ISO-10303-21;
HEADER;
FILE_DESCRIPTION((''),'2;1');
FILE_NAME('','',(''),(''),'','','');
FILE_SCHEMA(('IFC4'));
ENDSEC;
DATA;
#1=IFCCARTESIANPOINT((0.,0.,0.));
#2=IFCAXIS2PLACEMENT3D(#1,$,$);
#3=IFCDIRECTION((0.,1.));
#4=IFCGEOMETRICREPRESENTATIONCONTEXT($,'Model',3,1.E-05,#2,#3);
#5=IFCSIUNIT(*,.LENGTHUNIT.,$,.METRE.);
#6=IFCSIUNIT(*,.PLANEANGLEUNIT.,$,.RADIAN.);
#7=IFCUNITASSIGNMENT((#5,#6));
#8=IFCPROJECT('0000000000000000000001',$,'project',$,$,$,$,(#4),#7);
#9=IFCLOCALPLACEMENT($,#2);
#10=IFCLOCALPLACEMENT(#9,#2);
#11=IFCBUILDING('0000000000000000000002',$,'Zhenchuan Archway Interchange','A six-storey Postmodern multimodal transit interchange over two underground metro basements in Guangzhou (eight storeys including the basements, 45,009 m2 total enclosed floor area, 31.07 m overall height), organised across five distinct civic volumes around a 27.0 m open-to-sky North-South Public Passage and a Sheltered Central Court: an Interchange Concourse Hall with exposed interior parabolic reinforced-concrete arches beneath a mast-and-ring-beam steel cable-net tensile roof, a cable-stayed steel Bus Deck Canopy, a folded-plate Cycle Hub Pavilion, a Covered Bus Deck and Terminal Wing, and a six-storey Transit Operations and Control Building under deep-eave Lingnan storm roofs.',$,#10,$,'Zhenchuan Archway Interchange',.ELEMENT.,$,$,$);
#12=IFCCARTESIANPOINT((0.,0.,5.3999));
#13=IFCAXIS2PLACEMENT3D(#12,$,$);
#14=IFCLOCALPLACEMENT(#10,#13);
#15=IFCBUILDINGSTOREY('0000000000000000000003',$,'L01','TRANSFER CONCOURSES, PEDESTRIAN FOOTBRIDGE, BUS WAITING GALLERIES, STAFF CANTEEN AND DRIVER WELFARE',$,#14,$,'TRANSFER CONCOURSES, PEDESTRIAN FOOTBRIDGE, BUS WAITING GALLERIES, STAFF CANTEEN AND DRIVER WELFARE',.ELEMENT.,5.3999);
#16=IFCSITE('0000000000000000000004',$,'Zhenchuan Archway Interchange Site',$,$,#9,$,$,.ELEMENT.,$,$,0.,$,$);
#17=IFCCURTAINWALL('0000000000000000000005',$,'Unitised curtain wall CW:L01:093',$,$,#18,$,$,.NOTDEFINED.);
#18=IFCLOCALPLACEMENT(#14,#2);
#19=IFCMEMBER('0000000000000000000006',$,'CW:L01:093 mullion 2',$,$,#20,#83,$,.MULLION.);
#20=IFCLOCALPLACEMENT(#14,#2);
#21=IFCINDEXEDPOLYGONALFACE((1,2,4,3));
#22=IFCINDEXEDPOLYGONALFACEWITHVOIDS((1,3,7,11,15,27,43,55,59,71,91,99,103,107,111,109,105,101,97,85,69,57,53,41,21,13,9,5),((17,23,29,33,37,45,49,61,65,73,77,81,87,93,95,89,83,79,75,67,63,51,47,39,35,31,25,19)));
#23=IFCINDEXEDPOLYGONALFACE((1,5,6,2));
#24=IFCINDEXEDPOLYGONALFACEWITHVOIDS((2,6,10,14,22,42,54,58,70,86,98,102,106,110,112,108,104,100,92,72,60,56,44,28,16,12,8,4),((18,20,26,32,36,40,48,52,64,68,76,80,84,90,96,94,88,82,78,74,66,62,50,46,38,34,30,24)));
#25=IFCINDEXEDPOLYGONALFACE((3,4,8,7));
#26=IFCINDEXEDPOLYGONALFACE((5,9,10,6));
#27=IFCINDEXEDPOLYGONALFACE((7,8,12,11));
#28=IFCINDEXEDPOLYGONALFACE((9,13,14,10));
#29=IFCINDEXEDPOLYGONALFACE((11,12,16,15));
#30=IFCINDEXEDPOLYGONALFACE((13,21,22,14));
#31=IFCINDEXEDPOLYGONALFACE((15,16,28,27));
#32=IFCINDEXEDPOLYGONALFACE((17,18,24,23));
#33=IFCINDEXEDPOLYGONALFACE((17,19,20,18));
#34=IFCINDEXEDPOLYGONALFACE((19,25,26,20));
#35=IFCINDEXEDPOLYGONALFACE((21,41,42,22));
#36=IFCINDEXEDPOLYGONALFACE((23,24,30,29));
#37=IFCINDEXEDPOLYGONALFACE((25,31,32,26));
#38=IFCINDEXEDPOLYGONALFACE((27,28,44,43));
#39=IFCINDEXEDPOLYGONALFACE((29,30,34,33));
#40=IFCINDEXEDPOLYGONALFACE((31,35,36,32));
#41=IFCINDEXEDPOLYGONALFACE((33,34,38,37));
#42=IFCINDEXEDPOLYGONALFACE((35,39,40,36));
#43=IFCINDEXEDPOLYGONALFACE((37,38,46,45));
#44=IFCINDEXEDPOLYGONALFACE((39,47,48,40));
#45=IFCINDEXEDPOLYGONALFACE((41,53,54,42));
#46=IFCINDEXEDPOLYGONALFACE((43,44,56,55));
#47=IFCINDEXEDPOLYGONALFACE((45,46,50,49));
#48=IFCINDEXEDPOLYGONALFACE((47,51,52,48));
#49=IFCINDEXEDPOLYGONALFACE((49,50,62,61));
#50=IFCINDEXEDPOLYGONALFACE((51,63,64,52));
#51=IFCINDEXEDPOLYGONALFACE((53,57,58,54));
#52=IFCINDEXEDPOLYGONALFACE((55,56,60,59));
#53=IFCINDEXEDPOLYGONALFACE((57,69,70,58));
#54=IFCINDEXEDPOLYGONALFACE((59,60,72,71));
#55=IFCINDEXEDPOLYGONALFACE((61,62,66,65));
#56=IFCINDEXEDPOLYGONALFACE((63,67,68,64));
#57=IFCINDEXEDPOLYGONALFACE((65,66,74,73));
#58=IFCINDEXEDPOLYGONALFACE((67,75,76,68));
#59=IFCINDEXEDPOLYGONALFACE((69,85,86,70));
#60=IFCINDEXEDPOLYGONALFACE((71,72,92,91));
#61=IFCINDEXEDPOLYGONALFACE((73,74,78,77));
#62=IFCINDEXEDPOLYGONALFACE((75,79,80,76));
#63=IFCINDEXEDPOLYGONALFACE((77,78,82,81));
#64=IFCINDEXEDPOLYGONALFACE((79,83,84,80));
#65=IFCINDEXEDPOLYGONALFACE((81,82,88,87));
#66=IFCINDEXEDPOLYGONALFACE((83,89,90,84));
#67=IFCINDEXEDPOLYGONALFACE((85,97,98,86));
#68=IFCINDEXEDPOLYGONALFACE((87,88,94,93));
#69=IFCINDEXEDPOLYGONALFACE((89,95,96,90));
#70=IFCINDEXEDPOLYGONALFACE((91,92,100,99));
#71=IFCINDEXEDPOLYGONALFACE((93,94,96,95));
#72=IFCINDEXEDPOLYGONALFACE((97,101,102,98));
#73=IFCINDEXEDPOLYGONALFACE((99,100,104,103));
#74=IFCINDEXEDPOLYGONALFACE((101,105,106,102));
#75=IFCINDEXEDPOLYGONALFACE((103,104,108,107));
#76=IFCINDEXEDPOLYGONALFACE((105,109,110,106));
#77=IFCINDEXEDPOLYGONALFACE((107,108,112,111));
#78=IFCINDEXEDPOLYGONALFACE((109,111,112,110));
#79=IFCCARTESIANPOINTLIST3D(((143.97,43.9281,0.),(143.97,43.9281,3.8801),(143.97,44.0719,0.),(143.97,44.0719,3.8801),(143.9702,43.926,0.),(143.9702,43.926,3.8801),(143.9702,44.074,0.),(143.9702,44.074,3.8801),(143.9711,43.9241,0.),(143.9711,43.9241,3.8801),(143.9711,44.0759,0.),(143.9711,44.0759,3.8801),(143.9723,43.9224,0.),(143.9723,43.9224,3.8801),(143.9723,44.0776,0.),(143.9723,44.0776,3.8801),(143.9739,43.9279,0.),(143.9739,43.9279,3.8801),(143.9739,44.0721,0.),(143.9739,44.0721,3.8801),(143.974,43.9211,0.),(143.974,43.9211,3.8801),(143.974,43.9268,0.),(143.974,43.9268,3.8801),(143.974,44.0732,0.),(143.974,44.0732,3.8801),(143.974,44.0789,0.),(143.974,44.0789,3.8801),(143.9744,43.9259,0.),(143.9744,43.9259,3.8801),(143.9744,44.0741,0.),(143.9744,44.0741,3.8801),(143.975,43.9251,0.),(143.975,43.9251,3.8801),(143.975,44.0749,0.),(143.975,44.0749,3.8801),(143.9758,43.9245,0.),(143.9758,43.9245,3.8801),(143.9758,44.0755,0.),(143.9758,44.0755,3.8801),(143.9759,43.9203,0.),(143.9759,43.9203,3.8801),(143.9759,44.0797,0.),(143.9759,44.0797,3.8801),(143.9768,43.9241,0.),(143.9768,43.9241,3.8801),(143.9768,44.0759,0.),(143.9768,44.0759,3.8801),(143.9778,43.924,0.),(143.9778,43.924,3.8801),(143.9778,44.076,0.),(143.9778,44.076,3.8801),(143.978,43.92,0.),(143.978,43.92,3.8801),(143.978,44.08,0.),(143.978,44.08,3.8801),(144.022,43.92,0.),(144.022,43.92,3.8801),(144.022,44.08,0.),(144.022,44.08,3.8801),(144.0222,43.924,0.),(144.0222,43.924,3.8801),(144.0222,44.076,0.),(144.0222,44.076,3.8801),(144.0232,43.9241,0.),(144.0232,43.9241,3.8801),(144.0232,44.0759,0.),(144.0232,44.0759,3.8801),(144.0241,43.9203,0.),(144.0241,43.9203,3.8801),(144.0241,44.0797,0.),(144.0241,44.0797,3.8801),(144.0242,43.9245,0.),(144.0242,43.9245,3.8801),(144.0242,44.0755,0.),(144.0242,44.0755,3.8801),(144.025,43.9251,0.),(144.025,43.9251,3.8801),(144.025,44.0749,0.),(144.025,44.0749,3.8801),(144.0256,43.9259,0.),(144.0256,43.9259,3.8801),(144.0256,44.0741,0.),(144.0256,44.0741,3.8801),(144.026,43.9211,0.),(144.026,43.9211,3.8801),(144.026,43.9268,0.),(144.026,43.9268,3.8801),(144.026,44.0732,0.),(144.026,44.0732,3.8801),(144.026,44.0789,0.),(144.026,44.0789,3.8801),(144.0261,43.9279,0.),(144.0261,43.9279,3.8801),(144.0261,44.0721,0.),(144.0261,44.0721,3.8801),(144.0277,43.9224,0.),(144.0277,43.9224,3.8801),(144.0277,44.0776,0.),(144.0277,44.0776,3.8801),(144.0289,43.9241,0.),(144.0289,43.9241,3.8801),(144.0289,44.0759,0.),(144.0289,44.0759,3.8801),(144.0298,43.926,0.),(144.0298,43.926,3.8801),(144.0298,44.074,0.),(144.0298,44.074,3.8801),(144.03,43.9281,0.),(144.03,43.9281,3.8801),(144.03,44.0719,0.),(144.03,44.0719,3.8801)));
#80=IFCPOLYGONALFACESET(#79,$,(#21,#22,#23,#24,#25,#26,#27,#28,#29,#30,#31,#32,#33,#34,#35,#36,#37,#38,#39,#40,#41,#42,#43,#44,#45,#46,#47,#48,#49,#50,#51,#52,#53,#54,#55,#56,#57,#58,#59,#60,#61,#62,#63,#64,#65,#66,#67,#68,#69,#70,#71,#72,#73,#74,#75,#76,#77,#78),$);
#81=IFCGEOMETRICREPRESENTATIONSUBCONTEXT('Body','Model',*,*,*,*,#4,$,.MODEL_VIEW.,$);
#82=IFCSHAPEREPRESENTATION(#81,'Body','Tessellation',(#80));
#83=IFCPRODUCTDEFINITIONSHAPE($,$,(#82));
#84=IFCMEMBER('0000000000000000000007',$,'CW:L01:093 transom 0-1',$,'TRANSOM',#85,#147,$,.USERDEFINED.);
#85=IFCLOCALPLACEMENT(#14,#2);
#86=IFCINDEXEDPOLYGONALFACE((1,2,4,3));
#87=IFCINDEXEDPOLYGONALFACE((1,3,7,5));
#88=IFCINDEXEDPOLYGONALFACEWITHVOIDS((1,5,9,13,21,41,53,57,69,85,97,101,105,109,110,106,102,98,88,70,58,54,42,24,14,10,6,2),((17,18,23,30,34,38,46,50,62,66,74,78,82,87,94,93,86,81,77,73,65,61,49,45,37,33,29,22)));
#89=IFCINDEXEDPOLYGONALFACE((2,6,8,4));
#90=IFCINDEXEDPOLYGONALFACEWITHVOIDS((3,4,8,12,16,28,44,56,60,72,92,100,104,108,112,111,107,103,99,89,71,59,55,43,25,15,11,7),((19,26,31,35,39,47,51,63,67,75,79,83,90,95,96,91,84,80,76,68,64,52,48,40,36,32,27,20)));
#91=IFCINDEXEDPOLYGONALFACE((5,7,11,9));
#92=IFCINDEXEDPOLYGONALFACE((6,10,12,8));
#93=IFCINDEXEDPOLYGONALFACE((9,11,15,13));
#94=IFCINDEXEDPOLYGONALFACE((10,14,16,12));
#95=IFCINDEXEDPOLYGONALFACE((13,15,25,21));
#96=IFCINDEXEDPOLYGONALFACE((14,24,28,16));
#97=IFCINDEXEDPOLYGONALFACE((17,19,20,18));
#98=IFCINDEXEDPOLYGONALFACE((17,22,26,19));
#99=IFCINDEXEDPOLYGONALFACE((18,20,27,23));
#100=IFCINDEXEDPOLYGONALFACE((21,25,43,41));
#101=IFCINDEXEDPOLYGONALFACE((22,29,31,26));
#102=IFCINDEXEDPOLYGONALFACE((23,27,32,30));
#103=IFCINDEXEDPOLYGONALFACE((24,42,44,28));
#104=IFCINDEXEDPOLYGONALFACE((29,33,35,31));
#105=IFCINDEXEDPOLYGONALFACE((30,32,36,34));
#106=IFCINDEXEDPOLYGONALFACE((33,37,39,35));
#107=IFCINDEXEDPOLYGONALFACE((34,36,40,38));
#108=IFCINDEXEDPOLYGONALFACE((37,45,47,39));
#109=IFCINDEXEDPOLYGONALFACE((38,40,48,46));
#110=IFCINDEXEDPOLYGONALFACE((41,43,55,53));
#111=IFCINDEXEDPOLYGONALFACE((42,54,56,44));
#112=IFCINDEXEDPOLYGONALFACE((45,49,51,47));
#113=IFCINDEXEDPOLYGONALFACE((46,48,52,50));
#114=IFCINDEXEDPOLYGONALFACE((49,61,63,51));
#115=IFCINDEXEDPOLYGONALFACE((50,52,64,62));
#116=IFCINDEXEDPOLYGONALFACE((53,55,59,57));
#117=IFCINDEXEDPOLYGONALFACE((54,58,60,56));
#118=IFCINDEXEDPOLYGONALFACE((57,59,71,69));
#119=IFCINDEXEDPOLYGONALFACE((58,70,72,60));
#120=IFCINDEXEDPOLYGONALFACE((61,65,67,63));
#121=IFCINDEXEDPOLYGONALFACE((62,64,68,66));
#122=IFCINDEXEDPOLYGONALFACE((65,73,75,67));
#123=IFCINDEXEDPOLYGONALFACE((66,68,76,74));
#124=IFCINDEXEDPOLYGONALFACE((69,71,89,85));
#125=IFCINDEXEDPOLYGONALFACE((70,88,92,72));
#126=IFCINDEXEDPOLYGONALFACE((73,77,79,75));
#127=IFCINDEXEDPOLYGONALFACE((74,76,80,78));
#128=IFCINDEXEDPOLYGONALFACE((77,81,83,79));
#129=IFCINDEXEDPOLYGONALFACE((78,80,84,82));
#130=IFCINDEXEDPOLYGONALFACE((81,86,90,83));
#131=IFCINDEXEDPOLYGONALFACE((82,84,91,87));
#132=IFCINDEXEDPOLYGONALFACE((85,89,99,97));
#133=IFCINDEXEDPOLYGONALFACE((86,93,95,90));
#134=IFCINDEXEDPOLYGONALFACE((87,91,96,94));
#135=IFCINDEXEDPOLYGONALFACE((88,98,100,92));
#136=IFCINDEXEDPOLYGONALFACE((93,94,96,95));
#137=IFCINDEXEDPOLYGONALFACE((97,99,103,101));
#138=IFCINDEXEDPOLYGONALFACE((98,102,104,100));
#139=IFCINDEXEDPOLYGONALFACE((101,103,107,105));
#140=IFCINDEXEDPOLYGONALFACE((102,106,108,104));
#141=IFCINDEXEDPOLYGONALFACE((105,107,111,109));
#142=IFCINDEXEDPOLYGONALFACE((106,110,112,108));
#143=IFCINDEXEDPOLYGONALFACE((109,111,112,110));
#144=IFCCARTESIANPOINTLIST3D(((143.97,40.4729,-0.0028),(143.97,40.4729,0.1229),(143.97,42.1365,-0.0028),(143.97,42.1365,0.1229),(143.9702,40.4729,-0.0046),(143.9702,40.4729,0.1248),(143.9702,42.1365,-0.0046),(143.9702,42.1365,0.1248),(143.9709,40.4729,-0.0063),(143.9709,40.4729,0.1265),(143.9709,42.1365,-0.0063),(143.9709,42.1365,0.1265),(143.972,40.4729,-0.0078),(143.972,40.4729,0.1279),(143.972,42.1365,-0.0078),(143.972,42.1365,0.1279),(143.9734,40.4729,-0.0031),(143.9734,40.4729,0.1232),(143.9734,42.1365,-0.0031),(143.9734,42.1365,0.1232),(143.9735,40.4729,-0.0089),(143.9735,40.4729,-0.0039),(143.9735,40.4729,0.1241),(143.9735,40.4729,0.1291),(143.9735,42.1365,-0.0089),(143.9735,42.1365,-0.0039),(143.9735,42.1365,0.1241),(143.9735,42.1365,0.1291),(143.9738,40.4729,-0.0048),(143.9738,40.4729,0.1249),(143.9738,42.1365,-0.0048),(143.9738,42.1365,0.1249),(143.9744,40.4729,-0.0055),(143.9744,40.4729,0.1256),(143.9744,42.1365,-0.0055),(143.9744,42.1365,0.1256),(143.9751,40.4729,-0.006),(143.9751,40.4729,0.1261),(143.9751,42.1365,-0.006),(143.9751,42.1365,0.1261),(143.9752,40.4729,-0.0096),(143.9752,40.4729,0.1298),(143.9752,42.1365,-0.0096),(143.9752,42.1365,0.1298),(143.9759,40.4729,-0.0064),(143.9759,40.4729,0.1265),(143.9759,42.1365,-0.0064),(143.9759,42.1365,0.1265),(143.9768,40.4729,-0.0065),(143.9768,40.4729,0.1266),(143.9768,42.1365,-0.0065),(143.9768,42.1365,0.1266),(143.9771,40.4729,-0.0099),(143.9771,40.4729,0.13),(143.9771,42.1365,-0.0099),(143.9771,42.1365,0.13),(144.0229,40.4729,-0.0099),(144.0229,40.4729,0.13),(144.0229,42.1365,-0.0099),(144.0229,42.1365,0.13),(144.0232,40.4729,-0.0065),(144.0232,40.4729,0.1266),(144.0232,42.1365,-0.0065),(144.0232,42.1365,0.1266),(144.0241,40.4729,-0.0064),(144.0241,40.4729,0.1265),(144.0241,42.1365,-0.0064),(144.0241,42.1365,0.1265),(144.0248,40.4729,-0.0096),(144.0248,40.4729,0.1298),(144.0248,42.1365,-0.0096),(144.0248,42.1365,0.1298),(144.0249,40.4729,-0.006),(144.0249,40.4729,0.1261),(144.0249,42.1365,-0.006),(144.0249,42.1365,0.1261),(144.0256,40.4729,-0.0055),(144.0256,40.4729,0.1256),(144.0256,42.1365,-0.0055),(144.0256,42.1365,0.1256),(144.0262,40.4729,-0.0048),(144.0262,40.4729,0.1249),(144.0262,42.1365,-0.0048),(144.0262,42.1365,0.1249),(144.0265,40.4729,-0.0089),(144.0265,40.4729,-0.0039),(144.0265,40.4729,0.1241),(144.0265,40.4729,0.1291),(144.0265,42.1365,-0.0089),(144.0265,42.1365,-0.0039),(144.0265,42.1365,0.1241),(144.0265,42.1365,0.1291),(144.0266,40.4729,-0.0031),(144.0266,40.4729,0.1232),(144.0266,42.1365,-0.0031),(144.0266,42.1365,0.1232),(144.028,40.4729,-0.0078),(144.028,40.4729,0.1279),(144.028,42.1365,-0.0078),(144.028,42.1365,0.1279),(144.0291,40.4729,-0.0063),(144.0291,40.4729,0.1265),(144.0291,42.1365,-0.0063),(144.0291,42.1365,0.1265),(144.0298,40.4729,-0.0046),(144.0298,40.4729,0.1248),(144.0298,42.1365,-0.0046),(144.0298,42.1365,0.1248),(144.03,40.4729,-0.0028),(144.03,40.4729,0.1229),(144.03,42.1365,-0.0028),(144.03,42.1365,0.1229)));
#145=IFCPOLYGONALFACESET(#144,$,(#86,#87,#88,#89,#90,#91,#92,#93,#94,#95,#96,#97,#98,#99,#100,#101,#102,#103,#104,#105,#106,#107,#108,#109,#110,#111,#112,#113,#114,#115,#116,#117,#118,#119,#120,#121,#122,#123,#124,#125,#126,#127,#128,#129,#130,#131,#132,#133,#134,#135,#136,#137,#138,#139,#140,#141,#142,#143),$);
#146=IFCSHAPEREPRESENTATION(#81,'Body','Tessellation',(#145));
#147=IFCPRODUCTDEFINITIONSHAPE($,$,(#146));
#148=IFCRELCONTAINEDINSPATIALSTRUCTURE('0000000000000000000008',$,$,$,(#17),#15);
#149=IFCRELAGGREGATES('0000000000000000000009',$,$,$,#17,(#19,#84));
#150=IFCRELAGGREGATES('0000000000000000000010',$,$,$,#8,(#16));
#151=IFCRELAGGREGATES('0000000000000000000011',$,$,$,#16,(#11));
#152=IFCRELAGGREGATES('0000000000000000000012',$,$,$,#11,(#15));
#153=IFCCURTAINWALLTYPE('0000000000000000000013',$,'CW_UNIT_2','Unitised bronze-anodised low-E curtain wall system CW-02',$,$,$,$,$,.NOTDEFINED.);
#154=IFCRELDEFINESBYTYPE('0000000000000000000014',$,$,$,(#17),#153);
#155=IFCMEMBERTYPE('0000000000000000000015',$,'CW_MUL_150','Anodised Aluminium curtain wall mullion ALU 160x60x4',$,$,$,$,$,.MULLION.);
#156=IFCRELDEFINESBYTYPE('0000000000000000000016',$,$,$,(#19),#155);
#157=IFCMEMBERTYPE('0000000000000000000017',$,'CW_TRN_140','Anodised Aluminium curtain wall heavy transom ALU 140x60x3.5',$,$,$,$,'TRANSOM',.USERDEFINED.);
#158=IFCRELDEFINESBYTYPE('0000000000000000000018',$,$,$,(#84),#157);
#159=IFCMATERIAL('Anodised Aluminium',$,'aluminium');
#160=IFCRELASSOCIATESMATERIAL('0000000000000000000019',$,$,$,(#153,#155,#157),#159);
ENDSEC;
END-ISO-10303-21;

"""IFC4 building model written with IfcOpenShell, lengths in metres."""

from ifc_helpers import new_model, si_unit, direction, frame, origin, origin_2d, place, context, subcontext, project, spatial, hollow_rectangle, extrude, material, material_profile, profile_set, type_object, element, aggregate, save


model = new_model("IFC4")

# Units and contexts
model_context = context("Model", 3, precision=1e-05, world=origin(), true_north=direction((0.0, 1.0)))
body_context = subcontext(model_context, "Body", "Model", "MODEL_VIEW")
ifc_project = project(units=[si_unit("LENGTHUNIT", "METRE"), si_unit("PLANEANGLEUNIT", "RADIAN")], contexts=[model_context])

# Site, building, storey
site_placement = place(None, origin())
site = spatial("IfcSite", under=ifc_project, at=site_placement, Name="Zhenchuan Archway Interchange Site", CompositionType="ELEMENT", RefElevation=0.0)
building_placement = place(site_placement, origin())
building = spatial("IfcBuilding", under=site, at=building_placement, Name="Zhenchuan Archway Interchange", Description="A six-storey Postmodern multimodal transit interchange over two underground metro basements in Guangzhou (eight storeys including the basements, 45,009 m2 total enclosed floor area, 31.07 m overall height), organised across five distinct civic volumes around a 27.0 m open-to-sky North-South Public Passage and a Sheltered Central Court: an Interchange Concourse Hall with exposed interior parabolic reinforced-concrete arches beneath a mast-and-ring-beam steel cable-net tensile roof, a cable-stayed steel Bus Deck Canopy, a folded-plate Cycle Hub Pavilion, a Covered Bus Deck and Terminal Wing, and a six-storey Transit Operations and Control Building under deep-eave Lingnan storm roofs.", LongName="Zhenchuan Archway Interchange", CompositionType="ELEMENT")
storey_placement = place(building_placement, frame((0.0, 0.0, 5.3999)))
storey = spatial("IfcBuildingStorey", under=building, at=storey_placement, Name="L01", Description="TRANSFER CONCOURSES, PEDESTRIAN FOOTBRIDGE, BUS WAITING GALLERIES, STAFF CANTEEN AND DRIVER WELFARE", LongName="TRANSFER CONCOURSES, PEDESTRIAN FOOTBRIDGE, BUS WAITING GALLERIES, STAFF CANTEEN AND DRIVER WELFARE", CompositionType="ELEMENT", Elevation=5.3999)

# Curtain wall, members
ifc_material_1 = material(Name="Anodised Aluminium", Category="aluminium")
curtain_wall_type = type_object("IfcCurtainWallType", Name="CW_UNIT_2", Description="Unitised bronze-anodised low-E curtain wall system CW-02", PredefinedType="NOTDEFINED", material=ifc_material_1)
curtain_wall_placement = place(storey_placement, origin())
curtain_wall = element("IfcCurtainWall", 1, at=curtain_wall_placement, inside=storey, type_object=curtain_wall_type, Name="Unitised curtain wall CW:L01:093", PredefinedType="NOTDEFINED")
ifc_material_profile_1 = material_profile(ifc_material_1, hollow_rectangle(XDim=0.0601, YDim=0.1599, WallThickness=0.0039, InnerFilletRadius=0.0039, OuterFilletRadius=0.0081, at=origin_2d()), Name="ALU 160x60x4")
ifc_profile_set_1 = profile_set([ifc_material_profile_1], Name="Anodised Aluminium")
member_type_1 = type_object("IfcMemberType", Name="CW_MUL_150", Description="Anodised Aluminium curtain wall mullion ALU 160x60x4", PredefinedType="MULLION", material=ifc_profile_set_1)
member_1_placement = place(storey_placement, frame((144.0, 44.0, 0.0), z_axis=(0.0, 0.0, 1.0), x_axis=(1.0, 0.0, 0.0)))
member_1 = element("IfcMember", 2, at=member_1_placement, type_object=member_type_1, Name="CW:L01:093 mullion 2", PredefinedType="MULLION", context=body_context, shape_type="SweptSolid", body=[
    extrude(hollow_rectangle(XDim=0.0601, YDim=0.1599, WallThickness=0.0039, InnerFilletRadius=0.0039, OuterFilletRadius=0.0081, at=origin_2d()), origin(), (0.0, 0.0, 1.0), 3.8801),
])
ifc_material_profile_2 = material_profile(ifc_material_1, hollow_rectangle(XDim=0.0601, YDim=0.1399, WallThickness=0.0034, InnerFilletRadius=0.0034, OuterFilletRadius=0.0071, at=origin_2d()), Name="ALU 140x60x3.5")
ifc_profile_set_2 = profile_set([ifc_material_profile_2], Name="Anodised Aluminium")
member_type_2 = type_object("IfcMemberType", Name="CW_TRN_140", Description="Anodised Aluminium curtain wall heavy transom ALU 140x60x3.5", ElementType="TRANSOM", PredefinedType="USERDEFINED", material=ifc_profile_set_2)
member_2_placement = place(storey_placement, frame((144.0, 40.4729, 0.0601), z_axis=(0.0, 1.0, 0.0), x_axis=(-1.0, 0.0, 0.0)))
member_2 = element("IfcMember", 3, at=member_2_placement, type_object=member_type_2, Name="CW:L01:093 transom 0-1", ObjectType="TRANSOM", PredefinedType="USERDEFINED", context=body_context, shape_type="SweptSolid", body=[
    extrude(hollow_rectangle(XDim=0.0601, YDim=0.1399, WallThickness=0.0034, InnerFilletRadius=0.0034, OuterFilletRadius=0.0071, at=origin_2d()), origin(), (0.0, 0.0, 1.0), 1.6636),
])

aggregate(curtain_wall, [member_1, member_2])

save(model, "model.ifc")
